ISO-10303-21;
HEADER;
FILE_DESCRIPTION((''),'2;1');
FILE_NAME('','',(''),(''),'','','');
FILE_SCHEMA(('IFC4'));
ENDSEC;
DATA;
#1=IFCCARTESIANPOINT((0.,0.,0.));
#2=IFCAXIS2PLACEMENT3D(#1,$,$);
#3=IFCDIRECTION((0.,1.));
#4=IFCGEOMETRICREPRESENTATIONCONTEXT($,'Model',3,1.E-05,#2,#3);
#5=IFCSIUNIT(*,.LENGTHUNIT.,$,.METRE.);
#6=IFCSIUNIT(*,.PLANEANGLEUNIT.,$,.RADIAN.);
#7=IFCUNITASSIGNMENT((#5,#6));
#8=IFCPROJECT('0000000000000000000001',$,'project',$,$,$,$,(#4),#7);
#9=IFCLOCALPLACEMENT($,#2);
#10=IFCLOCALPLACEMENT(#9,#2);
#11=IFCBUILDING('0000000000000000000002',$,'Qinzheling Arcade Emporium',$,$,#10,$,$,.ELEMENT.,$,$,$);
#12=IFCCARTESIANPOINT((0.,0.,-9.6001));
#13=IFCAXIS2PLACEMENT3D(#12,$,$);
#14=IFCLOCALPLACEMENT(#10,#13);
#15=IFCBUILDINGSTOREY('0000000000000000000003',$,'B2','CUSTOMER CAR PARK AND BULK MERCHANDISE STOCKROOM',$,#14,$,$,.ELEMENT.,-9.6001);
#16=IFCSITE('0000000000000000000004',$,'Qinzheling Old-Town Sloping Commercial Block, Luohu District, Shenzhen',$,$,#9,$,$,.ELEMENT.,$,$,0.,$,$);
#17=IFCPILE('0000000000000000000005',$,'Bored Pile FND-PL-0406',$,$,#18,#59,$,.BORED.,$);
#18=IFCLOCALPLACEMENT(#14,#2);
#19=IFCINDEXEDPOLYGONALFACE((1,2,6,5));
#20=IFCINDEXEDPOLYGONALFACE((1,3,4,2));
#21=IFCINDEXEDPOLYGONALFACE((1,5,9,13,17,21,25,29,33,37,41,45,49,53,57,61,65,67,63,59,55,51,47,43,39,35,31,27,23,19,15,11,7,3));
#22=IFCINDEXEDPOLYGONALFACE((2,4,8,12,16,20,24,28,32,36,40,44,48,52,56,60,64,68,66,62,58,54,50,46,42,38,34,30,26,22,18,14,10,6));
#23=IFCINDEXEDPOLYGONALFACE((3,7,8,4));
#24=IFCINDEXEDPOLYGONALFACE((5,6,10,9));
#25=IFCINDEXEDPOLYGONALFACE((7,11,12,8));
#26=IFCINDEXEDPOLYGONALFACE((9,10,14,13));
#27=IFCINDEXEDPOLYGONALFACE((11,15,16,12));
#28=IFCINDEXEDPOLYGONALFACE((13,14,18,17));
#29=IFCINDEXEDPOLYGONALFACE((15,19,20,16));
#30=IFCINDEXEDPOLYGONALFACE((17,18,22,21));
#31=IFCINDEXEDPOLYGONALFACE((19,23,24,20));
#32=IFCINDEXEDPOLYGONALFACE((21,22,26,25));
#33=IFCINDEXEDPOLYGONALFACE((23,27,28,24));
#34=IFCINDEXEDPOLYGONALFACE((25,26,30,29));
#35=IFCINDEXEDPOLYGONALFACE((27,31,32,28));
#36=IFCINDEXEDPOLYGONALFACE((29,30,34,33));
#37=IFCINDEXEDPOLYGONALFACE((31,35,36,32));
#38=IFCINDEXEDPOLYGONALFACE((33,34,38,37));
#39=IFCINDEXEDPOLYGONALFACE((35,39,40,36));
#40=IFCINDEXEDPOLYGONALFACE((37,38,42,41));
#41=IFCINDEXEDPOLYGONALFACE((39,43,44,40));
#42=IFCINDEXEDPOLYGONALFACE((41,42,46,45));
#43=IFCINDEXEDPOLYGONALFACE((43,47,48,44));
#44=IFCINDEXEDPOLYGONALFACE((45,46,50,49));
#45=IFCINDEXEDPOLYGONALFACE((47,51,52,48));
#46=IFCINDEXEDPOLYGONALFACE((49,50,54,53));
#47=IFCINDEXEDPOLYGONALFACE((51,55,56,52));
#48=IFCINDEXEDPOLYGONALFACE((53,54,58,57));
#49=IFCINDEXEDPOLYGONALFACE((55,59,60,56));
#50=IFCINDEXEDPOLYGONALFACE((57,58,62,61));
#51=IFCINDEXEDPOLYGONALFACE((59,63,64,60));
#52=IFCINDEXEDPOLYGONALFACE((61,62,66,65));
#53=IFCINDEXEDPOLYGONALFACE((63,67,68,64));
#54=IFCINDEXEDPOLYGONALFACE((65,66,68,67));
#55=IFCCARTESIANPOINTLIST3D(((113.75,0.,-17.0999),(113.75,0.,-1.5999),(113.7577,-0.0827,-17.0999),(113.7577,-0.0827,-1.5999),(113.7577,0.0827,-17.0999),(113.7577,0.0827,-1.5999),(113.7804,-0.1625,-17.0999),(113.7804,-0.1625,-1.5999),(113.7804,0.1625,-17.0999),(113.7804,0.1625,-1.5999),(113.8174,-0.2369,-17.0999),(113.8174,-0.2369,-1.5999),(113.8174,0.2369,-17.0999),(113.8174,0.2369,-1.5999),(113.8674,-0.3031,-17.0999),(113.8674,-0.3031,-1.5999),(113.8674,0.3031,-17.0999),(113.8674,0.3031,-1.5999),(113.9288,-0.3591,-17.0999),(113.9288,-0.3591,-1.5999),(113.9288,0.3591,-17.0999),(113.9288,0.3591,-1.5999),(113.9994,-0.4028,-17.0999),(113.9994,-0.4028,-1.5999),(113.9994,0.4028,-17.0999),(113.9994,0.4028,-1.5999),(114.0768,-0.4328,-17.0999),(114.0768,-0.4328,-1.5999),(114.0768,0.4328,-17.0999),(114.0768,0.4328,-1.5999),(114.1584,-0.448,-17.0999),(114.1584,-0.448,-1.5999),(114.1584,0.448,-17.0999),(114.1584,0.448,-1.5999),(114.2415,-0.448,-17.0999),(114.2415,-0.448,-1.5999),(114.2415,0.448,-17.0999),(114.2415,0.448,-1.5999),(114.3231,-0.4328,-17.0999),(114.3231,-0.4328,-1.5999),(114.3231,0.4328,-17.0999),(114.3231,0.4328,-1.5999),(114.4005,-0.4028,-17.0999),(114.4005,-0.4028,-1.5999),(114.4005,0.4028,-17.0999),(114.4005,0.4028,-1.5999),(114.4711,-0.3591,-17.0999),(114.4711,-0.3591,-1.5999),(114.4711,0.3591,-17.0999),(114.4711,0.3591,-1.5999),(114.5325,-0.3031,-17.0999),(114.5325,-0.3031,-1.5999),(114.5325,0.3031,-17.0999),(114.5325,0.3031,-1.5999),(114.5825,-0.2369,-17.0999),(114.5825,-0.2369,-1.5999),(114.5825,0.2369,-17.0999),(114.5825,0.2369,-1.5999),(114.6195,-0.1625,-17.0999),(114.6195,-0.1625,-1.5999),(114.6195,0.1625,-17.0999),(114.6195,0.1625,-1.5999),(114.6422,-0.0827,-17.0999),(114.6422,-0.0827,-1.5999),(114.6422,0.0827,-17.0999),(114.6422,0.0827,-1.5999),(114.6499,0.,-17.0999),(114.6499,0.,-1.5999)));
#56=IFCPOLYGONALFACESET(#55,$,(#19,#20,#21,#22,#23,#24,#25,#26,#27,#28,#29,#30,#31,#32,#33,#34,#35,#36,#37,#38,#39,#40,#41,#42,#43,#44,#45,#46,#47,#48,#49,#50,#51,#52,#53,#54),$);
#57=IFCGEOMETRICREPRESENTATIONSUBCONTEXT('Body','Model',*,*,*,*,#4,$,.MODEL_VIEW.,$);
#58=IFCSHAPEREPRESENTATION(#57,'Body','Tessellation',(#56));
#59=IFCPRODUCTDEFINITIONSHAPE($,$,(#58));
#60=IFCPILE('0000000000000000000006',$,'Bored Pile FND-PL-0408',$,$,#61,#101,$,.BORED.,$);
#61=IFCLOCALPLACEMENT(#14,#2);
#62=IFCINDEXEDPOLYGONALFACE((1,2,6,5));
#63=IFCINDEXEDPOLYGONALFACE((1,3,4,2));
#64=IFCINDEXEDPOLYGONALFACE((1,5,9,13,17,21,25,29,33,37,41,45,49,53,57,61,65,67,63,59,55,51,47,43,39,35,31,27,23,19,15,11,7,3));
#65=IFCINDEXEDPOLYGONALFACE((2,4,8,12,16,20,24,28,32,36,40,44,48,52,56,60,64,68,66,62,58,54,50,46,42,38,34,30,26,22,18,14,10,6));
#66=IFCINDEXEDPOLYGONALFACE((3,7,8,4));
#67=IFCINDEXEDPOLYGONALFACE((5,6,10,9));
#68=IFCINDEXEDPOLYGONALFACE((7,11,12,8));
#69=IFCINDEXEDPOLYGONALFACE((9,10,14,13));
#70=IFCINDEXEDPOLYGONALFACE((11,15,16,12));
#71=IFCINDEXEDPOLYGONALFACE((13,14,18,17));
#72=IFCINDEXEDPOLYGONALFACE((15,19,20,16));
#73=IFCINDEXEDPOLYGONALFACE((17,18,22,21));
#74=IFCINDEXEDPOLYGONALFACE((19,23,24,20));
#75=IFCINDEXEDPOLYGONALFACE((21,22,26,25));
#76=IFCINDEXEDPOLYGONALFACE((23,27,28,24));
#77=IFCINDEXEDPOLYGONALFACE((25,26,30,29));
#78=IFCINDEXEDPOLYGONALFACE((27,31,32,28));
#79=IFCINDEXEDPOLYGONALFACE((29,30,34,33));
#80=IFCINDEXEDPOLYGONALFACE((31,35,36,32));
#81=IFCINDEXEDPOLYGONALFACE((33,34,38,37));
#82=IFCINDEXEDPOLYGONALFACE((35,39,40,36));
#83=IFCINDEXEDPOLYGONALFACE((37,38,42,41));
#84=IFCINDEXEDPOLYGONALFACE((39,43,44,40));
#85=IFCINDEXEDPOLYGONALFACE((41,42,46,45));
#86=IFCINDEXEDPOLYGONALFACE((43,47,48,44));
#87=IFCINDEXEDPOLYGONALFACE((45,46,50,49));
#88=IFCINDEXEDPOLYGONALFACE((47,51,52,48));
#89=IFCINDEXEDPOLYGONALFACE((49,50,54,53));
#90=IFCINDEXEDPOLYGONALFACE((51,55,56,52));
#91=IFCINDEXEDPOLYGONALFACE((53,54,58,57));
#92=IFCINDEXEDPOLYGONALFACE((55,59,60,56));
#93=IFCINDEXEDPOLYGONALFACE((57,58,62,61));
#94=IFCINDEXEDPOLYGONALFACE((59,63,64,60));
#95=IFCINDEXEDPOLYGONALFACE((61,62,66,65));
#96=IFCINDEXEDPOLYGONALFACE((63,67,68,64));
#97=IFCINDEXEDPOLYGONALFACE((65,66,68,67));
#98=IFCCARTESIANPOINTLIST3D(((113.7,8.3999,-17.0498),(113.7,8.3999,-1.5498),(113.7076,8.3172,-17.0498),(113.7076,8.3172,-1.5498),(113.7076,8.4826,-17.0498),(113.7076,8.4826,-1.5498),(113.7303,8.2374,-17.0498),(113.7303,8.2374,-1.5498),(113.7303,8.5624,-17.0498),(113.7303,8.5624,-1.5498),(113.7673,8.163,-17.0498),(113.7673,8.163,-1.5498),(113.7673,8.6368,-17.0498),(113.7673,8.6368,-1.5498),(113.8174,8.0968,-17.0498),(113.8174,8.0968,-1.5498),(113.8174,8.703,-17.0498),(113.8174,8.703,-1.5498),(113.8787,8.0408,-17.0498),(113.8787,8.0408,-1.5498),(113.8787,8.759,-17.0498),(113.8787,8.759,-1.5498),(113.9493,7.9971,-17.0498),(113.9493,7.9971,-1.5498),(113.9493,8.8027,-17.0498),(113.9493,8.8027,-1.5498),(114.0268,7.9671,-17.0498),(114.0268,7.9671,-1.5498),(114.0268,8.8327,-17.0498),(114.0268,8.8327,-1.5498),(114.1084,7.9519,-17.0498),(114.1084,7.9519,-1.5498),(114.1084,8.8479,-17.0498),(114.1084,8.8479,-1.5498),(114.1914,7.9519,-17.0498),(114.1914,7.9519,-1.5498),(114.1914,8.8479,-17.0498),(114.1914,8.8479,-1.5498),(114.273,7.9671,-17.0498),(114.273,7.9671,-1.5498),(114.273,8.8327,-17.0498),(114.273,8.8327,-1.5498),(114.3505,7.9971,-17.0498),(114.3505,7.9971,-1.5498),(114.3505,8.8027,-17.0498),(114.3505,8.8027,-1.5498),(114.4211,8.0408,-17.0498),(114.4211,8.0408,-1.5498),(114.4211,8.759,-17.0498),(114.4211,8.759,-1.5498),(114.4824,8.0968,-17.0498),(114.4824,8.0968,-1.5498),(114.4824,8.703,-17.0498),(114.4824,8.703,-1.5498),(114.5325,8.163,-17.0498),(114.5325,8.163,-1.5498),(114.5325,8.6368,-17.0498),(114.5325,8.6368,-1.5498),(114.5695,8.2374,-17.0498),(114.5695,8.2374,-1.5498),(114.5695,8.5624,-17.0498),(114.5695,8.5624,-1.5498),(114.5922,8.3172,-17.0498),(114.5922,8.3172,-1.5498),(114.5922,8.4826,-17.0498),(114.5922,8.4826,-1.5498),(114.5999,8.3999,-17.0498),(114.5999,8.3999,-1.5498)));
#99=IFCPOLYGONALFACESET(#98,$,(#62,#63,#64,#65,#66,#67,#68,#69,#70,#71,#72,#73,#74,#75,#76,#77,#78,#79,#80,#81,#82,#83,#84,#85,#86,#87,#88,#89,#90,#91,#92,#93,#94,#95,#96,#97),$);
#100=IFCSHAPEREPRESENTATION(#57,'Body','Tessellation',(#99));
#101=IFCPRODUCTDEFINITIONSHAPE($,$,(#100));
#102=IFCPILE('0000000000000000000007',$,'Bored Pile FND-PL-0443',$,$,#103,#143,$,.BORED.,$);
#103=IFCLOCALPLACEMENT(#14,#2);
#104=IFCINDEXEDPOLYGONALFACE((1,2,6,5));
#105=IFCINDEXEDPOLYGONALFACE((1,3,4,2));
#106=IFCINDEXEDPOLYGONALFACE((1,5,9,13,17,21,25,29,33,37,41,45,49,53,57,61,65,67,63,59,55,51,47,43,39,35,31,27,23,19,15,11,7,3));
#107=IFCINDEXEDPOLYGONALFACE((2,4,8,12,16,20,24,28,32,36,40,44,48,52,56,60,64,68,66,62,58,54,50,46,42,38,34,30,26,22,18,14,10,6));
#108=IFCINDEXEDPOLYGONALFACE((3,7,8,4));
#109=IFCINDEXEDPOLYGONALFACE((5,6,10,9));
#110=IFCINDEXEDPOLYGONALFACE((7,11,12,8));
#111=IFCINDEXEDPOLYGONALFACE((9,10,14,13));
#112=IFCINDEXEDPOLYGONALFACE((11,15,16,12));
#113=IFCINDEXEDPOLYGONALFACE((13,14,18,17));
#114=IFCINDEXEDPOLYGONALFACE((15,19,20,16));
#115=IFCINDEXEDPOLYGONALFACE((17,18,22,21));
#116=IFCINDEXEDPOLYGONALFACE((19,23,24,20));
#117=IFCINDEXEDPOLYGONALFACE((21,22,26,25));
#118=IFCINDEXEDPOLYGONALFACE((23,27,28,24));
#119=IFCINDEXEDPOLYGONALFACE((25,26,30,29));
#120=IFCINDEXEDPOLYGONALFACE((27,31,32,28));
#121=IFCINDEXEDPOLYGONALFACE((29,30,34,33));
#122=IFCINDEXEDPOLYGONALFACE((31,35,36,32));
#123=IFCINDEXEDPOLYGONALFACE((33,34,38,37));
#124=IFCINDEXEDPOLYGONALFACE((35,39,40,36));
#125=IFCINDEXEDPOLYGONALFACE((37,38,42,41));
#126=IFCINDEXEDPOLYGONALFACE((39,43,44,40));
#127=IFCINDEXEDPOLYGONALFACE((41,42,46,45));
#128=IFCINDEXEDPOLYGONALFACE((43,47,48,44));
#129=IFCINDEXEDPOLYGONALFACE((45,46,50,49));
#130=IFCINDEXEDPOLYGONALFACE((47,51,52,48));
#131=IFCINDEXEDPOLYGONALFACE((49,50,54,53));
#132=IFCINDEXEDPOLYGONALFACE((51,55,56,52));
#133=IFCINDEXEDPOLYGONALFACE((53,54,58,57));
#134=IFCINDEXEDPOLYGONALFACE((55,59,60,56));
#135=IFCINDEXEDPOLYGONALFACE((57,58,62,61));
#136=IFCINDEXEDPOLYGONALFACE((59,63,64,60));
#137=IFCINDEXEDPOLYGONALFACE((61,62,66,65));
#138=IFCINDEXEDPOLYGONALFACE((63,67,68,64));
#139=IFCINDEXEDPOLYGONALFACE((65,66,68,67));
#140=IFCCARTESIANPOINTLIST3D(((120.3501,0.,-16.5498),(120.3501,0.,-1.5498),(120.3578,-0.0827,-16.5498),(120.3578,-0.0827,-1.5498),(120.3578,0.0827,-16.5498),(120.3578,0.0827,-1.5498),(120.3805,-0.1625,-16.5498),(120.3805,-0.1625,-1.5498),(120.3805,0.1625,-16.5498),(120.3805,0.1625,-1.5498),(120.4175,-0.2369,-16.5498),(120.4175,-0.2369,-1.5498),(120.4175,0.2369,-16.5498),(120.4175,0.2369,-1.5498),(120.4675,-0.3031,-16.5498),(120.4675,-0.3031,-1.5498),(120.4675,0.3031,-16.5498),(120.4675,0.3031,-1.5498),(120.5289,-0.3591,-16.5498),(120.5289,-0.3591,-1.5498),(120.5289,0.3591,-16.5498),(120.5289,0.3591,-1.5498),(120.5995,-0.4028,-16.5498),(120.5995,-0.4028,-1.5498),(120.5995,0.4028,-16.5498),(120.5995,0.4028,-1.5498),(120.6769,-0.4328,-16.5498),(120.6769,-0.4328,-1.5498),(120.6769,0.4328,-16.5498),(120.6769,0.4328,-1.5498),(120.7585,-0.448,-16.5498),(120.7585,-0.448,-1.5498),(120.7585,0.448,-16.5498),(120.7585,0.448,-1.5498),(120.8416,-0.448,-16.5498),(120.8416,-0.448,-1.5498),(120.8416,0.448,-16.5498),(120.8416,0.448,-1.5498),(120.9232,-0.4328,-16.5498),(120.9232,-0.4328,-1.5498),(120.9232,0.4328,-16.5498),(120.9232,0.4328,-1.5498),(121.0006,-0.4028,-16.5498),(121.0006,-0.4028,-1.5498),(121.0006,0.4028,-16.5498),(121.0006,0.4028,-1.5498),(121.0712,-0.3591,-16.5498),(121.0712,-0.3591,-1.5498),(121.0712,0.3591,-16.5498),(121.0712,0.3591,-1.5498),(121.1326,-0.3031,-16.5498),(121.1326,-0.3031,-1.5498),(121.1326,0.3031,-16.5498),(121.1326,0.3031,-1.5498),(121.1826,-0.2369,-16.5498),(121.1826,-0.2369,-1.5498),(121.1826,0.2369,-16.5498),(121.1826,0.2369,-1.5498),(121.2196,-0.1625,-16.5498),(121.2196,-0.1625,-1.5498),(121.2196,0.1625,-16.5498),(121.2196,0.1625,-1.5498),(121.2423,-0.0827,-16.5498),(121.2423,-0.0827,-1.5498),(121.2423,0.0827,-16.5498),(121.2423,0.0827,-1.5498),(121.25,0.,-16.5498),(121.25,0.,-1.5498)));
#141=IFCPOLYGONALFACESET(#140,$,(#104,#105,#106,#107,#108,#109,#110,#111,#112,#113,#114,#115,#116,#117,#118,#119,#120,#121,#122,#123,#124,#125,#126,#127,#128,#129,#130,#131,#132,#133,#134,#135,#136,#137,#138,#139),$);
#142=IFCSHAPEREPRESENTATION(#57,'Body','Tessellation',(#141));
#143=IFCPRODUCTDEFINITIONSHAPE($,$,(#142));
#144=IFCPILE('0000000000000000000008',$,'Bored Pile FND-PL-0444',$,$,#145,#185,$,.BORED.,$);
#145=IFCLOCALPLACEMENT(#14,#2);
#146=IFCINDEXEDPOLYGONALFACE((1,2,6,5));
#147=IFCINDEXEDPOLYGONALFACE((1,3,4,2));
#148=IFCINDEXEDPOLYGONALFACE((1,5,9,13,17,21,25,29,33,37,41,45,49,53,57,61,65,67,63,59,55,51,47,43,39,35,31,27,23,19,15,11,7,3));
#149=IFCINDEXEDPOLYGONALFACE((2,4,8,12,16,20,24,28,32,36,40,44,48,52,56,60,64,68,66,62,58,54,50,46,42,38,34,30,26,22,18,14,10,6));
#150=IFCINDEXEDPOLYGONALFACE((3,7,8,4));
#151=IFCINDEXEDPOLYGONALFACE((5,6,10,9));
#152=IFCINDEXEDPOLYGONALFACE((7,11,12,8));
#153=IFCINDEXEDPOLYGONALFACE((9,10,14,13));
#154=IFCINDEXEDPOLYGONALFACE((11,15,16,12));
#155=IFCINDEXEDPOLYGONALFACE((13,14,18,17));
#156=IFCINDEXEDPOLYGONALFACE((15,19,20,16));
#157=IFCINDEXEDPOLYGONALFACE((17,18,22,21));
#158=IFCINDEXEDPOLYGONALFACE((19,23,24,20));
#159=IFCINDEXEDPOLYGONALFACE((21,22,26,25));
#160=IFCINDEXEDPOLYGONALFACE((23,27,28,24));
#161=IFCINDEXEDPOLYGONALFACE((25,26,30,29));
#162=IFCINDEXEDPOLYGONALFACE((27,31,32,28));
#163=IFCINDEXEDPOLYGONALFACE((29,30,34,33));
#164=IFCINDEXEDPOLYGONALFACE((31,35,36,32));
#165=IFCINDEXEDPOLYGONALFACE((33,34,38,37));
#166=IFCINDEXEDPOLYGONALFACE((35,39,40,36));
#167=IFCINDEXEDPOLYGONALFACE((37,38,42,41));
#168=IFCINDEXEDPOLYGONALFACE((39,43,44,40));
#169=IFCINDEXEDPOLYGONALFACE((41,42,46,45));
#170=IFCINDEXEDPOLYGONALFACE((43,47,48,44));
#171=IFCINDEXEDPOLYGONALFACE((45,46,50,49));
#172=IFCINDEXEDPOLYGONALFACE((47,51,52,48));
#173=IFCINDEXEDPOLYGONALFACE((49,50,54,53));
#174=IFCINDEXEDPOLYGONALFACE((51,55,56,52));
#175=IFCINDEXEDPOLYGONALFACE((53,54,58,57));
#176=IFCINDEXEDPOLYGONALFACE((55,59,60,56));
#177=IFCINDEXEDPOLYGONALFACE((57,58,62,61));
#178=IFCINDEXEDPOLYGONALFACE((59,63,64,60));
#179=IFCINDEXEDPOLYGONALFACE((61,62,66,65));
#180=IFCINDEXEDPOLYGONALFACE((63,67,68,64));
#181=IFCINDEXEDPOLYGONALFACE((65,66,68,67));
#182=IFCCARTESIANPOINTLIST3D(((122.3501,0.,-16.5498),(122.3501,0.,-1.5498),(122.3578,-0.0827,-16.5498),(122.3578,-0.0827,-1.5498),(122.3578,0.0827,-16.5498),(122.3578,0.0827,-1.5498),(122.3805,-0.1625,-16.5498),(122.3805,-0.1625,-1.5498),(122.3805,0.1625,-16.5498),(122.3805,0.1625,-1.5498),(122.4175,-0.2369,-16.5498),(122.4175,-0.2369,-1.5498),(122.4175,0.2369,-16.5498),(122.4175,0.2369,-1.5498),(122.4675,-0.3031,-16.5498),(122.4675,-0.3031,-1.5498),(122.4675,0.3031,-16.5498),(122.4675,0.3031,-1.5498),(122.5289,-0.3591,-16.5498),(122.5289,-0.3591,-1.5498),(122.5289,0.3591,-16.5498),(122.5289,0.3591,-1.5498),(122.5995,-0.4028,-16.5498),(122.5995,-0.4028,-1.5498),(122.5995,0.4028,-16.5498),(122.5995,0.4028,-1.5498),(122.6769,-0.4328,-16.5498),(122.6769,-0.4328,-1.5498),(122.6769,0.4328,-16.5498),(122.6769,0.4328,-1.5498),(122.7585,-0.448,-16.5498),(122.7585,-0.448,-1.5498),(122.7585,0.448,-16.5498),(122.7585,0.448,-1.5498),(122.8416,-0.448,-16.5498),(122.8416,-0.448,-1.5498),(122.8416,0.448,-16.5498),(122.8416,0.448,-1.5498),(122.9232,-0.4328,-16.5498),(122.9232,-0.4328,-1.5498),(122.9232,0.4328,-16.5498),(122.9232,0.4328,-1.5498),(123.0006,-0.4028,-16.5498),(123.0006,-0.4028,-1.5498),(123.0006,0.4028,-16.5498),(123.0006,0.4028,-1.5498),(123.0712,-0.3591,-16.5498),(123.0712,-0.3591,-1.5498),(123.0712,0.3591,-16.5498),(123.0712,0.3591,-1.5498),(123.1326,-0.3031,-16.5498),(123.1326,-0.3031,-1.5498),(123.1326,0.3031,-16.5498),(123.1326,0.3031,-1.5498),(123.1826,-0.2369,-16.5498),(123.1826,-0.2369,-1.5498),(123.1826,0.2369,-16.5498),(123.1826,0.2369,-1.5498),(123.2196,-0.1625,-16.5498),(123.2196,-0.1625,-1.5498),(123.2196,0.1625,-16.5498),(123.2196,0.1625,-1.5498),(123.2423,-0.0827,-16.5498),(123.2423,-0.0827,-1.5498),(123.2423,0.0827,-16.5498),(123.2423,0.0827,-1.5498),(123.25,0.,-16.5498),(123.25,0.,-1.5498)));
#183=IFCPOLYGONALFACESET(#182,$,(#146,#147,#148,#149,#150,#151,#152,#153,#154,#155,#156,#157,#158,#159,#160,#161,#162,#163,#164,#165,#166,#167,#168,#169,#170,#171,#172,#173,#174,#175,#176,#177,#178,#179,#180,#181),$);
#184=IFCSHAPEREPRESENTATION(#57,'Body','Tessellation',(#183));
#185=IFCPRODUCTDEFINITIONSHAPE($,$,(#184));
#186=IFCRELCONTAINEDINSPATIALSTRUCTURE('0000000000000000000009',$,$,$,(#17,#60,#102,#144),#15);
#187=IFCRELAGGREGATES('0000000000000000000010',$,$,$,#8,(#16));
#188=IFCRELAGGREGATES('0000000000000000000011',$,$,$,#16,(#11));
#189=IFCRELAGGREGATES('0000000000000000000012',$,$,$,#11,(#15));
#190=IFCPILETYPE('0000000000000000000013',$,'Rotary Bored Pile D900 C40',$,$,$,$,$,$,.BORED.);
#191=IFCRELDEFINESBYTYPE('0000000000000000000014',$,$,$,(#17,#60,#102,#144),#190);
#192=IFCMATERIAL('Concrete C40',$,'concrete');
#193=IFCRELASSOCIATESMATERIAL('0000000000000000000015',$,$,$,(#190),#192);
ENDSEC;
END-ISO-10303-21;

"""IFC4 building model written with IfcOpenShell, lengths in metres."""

from ifc_helpers import new_model, si_unit, direction, frame, origin, origin_2d, place, context, subcontext, project, spatial, circle, extrude, material, material_profile, profile_set, type_object, element, save


model = new_model("IFC4")

# Units and contexts
model_context = context("Model", 3, precision=1e-05, world=origin(), true_north=direction((0.0, 1.0)))
body_context = subcontext(model_context, "Body", "Model", "MODEL_VIEW")
ifc_project = project(units=[si_unit("LENGTHUNIT", "METRE"), si_unit("PLANEANGLEUNIT", "RADIAN")], contexts=[model_context])

# Site, building, storey
site_placement = place(None, origin())
site = spatial("IfcSite", under=ifc_project, at=site_placement, Name="Qinzheling Old-Town Sloping Commercial Block, Luohu District, Shenzhen", CompositionType="ELEMENT", RefElevation=0.0)
building_placement = place(site_placement, origin())
building = spatial("IfcBuilding", under=site, at=building_placement, Name="Qinzheling Arcade Emporium", CompositionType="ELEMENT")
storey_placement = place(building_placement, frame((0.0, 0.0, -9.6001)))
storey = spatial("IfcBuildingStorey", under=building, at=storey_placement, Name="B2", Description="CUSTOMER CAR PARK AND BULK MERCHANDISE STOCKROOM", CompositionType="ELEMENT", Elevation=-9.6001)

# Shared definitions
ifc_material_1 = material(Name="Concrete C40", Category="concrete")

# Piles
ifc_material_profile_1 = material_profile(ifc_material_1, circle(Radius=0.45, at=origin_2d()), Name="BORED D900", Category="concrete")
ifc_profile_set_1 = profile_set([ifc_material_profile_1], Name="Concrete C40")
pile_type_1 = type_object("IfcPileType", Name="Rotary Bored Pile D900 C40", PredefinedType="BORED", material=ifc_profile_set_1)
for number, where, z_axis, x_axis, name in (
    (1, (114.2, 0.0, -1.5999), (0.0, 0.0, -1.0), (1.0, 0.0, 0.0), "Bored Pile FND-PL-0406"),
    (2, (114.1499, 8.3999, -1.5498), (0.0, 0.0, -1.0), (1.0, 0.0, 0.0), "Bored Pile FND-PL-0408"),
):
    element("IfcPile", number, at=place(storey_placement, frame(where, z_axis=z_axis, x_axis=x_axis)), inside=storey, type_object=pile_type_1, Name=name, PredefinedType="BORED", context=body_context, shape_type="SweptSolid", body=[
        extrude(circle(Radius=0.45, at=origin_2d()), origin(), (0.0, 0.0, 1.0), 15.5),
    ])
for number, where, z_axis, x_axis, name in (
    (3, (120.8, 0.0, -1.5498), (0.0, 0.0, -1.0), (1.0, 0.0, 0.0), "Bored Pile FND-PL-0443"),
    (4, (122.8, 0.0, -1.5498), (0.0, 0.0, -1.0), (1.0, 0.0, 0.0), "Bored Pile FND-PL-0444"),
):
    element("IfcPile", number, at=place(storey_placement, frame(where, z_axis=z_axis, x_axis=x_axis)), inside=storey, type_object=pile_type_1, Name=name, PredefinedType="BORED", context=body_context, shape_type="SweptSolid", body=[
        extrude(circle(Radius=0.45, at=origin_2d()), origin(), (0.0, 0.0, 1.0), 15.0),
    ])

save(model, "model.ifc")
